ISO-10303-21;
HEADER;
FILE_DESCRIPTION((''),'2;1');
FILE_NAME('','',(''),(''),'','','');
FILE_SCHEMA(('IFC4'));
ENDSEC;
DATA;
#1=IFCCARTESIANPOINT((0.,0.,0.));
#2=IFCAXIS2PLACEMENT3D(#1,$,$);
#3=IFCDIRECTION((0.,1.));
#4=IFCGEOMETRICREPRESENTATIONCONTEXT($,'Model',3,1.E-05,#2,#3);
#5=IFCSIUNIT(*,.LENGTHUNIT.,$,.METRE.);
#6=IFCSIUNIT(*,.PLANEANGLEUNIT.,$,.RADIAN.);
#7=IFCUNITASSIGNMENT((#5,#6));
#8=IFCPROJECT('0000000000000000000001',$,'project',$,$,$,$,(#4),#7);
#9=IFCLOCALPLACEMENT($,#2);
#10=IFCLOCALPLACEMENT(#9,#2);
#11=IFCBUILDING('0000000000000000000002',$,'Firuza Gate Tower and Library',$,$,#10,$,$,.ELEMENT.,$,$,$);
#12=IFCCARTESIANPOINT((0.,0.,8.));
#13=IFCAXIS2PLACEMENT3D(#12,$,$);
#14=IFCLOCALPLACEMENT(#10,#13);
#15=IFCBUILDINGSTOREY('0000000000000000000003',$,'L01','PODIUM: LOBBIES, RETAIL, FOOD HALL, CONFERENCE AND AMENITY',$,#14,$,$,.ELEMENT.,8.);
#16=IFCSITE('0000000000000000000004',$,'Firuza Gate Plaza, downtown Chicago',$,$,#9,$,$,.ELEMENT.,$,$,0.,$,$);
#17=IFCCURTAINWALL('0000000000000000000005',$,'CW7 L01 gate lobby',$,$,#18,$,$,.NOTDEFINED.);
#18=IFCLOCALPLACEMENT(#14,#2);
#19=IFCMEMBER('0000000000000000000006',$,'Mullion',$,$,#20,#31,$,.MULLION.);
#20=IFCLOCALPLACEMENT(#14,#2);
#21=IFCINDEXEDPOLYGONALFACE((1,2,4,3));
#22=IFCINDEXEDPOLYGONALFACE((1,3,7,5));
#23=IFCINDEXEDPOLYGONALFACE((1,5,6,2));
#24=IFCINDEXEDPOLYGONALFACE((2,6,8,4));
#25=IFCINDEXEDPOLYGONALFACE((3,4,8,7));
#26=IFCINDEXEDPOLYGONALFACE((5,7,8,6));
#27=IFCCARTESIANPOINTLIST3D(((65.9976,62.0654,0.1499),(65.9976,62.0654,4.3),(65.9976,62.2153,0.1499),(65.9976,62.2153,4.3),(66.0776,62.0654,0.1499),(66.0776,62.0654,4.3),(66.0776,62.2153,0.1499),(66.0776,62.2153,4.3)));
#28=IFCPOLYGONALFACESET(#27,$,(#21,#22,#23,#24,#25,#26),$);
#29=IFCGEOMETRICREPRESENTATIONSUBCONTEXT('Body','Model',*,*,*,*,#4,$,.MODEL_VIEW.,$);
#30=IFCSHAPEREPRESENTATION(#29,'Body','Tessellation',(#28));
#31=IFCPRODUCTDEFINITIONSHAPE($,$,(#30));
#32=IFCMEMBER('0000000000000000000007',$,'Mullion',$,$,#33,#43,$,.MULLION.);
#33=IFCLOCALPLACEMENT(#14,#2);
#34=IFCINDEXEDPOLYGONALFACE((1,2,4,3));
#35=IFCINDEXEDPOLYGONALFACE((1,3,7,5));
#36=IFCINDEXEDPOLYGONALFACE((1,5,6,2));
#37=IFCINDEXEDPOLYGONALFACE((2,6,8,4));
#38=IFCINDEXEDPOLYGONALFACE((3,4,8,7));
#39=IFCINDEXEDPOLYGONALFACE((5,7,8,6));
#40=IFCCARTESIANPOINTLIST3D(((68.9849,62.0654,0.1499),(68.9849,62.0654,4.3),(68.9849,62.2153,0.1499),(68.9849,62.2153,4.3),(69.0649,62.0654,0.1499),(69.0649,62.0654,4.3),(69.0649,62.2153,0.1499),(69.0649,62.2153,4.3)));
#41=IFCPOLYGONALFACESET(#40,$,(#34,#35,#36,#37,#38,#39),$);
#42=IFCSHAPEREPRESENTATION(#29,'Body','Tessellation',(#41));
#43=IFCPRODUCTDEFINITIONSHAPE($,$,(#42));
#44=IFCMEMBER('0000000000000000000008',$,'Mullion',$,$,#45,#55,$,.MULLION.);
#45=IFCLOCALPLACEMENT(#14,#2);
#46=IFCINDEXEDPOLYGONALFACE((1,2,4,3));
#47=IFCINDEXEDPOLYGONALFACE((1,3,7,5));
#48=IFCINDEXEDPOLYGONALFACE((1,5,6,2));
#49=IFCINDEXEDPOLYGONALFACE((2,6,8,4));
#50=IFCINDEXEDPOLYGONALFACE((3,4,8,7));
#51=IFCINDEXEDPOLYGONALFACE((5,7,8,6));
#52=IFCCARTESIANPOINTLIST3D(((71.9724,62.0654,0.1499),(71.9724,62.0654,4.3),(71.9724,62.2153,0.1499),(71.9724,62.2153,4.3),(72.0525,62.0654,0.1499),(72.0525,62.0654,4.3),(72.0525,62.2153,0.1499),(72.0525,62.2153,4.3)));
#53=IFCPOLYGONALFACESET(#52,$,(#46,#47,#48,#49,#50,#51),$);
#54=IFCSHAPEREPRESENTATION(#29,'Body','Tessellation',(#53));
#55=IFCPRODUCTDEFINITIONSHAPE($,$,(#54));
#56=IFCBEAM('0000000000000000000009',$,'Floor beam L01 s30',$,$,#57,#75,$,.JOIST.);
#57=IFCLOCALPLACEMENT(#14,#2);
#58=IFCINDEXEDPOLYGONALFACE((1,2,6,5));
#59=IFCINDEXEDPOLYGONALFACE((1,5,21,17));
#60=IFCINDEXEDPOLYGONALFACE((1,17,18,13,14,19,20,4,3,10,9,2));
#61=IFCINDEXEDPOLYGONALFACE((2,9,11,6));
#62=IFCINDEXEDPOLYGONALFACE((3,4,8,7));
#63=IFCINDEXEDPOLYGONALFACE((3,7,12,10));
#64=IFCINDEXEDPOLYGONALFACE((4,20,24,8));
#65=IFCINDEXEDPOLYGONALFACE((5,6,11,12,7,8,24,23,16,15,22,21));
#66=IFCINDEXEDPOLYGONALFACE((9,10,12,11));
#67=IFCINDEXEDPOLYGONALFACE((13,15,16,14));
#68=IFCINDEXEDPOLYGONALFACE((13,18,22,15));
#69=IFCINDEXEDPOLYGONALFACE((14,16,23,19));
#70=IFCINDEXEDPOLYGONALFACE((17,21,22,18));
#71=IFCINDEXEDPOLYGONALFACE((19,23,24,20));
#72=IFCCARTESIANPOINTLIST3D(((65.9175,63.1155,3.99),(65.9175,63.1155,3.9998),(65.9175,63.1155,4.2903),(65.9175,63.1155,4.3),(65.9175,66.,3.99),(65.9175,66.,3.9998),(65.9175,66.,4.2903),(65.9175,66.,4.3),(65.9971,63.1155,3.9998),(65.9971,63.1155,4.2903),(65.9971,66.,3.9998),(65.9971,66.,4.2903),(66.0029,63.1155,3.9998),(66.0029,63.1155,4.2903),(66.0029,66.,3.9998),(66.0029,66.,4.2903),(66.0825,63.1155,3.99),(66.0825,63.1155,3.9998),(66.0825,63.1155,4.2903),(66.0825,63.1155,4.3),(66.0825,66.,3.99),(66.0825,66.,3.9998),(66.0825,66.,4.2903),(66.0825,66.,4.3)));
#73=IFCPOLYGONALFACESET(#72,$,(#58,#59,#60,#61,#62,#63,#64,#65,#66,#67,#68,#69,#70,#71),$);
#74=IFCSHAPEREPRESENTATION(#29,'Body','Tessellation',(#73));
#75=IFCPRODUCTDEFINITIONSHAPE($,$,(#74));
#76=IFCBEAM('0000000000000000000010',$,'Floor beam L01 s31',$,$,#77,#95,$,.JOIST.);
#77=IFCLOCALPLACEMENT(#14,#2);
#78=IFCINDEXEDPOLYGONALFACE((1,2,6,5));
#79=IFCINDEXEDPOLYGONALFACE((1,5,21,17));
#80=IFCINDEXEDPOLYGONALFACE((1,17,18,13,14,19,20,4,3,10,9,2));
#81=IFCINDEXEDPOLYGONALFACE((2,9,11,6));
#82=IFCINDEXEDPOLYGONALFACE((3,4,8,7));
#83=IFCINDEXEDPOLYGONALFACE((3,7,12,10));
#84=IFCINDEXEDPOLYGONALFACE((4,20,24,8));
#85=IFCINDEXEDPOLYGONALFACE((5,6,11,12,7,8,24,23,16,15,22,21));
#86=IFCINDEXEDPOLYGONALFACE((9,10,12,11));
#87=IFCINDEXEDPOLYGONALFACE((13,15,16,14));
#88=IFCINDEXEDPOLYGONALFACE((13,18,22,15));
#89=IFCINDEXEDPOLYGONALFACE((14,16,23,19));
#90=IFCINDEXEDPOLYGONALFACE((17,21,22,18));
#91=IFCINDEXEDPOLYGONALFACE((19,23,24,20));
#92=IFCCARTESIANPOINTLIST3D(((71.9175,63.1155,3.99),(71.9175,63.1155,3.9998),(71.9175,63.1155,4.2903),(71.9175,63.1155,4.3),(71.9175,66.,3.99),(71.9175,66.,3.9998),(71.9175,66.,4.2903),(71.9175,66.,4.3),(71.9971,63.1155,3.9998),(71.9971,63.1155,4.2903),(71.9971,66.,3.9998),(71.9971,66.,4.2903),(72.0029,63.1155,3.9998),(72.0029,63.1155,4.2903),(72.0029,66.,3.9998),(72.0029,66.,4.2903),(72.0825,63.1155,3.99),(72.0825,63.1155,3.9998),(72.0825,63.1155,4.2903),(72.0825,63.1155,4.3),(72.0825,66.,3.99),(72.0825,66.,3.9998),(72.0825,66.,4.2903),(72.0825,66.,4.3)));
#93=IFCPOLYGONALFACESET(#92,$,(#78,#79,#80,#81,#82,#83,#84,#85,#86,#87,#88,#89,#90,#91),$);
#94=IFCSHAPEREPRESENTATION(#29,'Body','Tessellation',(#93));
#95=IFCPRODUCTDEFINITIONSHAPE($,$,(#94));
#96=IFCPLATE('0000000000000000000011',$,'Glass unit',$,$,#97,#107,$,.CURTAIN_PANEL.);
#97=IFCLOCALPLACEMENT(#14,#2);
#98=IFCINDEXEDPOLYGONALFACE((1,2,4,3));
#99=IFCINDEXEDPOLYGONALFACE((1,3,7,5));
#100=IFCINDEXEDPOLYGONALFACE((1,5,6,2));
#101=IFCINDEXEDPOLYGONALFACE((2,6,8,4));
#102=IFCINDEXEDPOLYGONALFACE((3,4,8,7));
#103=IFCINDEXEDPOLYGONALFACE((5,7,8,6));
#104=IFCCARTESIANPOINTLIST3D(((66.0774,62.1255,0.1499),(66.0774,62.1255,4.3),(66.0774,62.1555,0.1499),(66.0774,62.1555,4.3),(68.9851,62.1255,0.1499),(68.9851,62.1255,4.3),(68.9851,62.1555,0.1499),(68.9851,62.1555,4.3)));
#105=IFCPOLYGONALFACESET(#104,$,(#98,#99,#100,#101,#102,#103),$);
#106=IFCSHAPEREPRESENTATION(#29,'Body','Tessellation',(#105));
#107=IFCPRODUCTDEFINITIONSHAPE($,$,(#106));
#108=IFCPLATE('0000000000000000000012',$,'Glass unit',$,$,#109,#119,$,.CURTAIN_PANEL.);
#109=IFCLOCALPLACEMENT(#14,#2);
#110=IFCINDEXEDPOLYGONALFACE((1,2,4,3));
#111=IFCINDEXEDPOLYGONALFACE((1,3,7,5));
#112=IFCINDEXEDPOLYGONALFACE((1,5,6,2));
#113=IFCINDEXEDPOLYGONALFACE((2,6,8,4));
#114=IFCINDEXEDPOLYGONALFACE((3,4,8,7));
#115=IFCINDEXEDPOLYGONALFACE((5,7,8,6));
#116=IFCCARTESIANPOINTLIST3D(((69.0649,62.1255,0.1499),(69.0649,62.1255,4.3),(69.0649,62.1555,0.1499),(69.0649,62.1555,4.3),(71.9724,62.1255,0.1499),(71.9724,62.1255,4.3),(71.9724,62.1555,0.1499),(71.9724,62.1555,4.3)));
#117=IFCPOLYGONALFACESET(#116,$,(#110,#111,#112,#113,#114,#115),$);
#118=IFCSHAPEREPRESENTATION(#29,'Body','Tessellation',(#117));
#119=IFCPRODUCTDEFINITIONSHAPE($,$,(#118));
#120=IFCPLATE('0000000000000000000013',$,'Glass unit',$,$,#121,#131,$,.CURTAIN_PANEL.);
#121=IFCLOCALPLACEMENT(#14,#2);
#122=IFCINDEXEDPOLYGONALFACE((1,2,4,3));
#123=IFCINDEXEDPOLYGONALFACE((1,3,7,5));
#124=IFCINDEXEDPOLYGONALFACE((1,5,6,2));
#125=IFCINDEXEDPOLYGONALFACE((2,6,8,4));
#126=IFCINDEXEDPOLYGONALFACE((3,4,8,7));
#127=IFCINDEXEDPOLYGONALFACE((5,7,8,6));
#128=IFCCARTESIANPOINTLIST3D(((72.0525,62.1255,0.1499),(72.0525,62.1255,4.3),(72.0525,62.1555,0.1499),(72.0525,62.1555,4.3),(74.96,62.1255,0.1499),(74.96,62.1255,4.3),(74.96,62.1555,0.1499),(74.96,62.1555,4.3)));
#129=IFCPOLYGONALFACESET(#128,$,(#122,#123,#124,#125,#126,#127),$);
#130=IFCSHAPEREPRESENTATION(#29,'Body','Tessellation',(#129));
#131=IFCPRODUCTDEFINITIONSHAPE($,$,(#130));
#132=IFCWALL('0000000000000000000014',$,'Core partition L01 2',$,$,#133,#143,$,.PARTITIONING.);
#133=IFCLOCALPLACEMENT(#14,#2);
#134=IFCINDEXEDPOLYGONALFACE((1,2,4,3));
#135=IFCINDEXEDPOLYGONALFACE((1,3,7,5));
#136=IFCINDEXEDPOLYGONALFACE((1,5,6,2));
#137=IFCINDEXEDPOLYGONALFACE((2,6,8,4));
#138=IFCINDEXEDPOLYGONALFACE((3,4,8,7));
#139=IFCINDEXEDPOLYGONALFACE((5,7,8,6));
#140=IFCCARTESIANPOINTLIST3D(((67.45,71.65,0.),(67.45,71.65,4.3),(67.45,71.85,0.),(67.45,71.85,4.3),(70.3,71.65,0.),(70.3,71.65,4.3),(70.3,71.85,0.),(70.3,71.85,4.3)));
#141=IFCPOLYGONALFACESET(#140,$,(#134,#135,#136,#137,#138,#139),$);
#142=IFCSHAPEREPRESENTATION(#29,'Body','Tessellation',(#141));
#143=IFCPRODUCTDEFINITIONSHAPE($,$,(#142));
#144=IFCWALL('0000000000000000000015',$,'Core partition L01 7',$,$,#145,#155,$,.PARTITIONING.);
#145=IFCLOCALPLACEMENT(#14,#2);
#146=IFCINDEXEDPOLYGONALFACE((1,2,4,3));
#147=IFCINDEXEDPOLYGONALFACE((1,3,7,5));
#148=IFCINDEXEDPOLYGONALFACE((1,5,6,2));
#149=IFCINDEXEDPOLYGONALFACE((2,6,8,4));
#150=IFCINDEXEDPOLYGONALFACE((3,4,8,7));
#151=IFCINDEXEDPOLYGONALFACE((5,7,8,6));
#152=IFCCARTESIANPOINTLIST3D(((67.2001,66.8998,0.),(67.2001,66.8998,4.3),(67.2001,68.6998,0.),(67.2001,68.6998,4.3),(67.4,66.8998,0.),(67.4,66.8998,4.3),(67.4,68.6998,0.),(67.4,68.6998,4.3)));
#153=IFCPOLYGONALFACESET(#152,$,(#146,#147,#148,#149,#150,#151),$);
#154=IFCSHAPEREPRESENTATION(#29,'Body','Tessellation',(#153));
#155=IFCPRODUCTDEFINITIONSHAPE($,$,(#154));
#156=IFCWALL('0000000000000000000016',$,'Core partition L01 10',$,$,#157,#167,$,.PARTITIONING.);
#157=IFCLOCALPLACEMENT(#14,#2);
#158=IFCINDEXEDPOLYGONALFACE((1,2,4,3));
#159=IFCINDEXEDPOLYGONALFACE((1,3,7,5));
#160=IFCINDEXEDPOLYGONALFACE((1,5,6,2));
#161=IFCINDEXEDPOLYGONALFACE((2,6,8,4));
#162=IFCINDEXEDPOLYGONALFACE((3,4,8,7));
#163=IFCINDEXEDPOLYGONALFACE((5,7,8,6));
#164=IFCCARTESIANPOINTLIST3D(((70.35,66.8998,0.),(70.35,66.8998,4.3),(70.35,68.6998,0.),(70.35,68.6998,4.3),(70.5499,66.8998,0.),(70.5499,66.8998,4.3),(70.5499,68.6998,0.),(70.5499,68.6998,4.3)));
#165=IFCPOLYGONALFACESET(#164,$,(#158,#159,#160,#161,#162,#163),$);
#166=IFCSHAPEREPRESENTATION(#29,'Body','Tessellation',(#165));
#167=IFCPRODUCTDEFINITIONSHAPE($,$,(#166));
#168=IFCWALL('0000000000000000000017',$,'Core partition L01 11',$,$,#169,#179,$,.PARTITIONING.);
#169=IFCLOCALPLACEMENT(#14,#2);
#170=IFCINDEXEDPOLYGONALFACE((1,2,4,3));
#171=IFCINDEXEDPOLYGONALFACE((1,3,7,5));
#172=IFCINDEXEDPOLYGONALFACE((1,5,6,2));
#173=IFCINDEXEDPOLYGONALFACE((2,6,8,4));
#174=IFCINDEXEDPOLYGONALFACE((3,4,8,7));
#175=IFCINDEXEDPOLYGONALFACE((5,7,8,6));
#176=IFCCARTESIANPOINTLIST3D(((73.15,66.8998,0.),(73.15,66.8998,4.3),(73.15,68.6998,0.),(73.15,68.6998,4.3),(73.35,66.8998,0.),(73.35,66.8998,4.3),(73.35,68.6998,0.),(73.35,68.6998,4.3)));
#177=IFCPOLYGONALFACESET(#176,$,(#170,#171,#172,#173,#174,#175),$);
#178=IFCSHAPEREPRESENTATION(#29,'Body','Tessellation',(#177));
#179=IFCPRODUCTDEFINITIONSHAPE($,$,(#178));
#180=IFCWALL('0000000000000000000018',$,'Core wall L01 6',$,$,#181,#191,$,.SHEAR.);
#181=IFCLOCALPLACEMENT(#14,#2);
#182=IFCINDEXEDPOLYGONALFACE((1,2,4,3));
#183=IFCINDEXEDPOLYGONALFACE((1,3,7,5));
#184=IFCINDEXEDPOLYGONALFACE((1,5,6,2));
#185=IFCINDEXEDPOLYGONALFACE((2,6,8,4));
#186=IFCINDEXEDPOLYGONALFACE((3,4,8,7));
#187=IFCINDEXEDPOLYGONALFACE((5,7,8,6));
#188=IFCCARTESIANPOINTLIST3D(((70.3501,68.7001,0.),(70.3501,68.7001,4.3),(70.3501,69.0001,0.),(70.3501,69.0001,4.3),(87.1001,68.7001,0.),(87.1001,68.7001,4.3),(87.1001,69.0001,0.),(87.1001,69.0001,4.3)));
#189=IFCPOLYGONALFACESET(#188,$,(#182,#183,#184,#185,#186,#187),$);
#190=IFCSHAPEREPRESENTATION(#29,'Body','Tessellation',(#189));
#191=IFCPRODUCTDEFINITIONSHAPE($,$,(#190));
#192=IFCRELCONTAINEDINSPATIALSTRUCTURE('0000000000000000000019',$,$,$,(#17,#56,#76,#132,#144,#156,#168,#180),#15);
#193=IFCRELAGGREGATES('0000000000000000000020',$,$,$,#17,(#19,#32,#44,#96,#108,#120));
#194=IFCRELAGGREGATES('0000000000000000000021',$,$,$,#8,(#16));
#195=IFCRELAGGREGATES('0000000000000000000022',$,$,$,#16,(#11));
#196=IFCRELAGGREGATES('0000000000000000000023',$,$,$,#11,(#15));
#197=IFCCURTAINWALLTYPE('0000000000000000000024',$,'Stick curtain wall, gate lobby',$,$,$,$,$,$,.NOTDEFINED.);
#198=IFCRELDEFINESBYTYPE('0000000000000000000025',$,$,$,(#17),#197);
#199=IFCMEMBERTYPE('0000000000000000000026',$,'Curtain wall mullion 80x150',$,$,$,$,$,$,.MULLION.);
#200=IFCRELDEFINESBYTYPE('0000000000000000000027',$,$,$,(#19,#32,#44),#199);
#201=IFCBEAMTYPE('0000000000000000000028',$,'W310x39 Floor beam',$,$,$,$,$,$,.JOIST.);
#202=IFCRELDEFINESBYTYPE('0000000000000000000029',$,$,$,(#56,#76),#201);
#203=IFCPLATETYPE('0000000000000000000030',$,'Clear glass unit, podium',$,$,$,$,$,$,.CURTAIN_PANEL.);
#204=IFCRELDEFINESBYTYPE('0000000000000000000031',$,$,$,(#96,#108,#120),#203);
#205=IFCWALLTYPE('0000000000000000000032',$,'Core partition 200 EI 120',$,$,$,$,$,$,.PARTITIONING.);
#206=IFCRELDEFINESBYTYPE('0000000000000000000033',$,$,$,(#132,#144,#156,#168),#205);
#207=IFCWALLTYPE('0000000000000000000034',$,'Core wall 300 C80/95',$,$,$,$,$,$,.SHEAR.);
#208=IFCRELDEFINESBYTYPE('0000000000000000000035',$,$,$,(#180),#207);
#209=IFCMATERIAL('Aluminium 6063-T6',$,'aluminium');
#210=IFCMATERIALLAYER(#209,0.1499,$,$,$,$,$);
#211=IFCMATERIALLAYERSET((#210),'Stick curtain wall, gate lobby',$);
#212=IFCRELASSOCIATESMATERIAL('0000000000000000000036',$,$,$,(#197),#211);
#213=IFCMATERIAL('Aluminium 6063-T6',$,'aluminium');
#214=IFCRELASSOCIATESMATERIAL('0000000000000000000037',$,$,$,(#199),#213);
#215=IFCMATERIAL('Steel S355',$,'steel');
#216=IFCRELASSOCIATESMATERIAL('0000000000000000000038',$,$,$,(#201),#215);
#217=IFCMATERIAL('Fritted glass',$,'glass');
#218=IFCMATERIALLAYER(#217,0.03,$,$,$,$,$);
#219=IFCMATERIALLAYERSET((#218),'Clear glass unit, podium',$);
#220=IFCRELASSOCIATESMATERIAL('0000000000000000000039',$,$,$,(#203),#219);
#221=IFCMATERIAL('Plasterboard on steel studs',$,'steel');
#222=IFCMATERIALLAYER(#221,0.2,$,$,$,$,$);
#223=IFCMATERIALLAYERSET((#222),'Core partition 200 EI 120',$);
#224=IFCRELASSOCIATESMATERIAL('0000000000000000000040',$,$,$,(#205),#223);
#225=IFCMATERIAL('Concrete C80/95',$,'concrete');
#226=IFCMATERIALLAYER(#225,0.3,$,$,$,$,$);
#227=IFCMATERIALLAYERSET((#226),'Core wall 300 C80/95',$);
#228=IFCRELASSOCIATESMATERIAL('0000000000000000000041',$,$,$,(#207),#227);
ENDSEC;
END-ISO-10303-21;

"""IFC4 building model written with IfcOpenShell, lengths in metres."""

from ifc_helpers import new_model, si_unit, direction, frame, frame_2d, origin, origin_2d, place, context, subcontext, project, spatial, polyline, rectangle, i_section, outline, extrude, material, layer, layer_set, material_profile, profile_set, type_object, element, aggregate, save


model = new_model("IFC4")

# Units and contexts
model_context = context("Model", 3, precision=1e-05, world=origin(), true_north=direction((0.0, 1.0)))
body_context = subcontext(model_context, "Body", "Model", "MODEL_VIEW")
ifc_project = project(units=[si_unit("LENGTHUNIT", "METRE"), si_unit("PLANEANGLEUNIT", "RADIAN")], contexts=[model_context])

# Site, building, storey
site_placement = place(None, origin())
site = spatial("IfcSite", under=ifc_project, at=site_placement, Name="Firuza Gate Plaza, downtown Chicago", CompositionType="ELEMENT", RefElevation=0.0)
building_placement = place(site_placement, origin())
building = spatial("IfcBuilding", under=site, at=building_placement, Name="Firuza Gate Tower and Library", CompositionType="ELEMENT")
storey_placement = place(building_placement, frame((0.0, 0.0, 8.0)))
storey = spatial("IfcBuildingStorey", under=building, at=storey_placement, Name="L01", Description="PODIUM: LOBBIES, RETAIL, FOOD HALL, CONFERENCE AND AMENITY", CompositionType="ELEMENT", Elevation=8.0)

# Curtain wall, members
ifc_material_1 = material(Name="Aluminium 6063-T6", Category="aluminium")
ifc_layer_1 = layer(ifc_material_1, 0.1499)
ifc_layer_set_1 = layer_set([ifc_layer_1], Name="Stick curtain wall, gate lobby")
curtain_wall_type = type_object("IfcCurtainWallType", Name="Stick curtain wall, gate lobby", PredefinedType="NOTDEFINED", material=ifc_layer_set_1)
curtain_wall_placement = place(storey_placement, origin())
curtain_wall = element("IfcCurtainWall", 1, at=curtain_wall_placement, inside=storey, type_object=curtain_wall_type, Name="CW7 L01 gate lobby", PredefinedType="NOTDEFINED")
ifc_material_2 = material(Name="Aluminium 6063-T6", Category="aluminium")
ifc_material_profile_1 = material_profile(ifc_material_2, rectangle(XDim=0.1499, YDim=0.0801, at=origin_2d()))
ifc_profile_set_1 = profile_set([ifc_material_profile_1], Name="Aluminium 6063-T6")
member_type = type_object("IfcMemberType", Name="Curtain wall mullion 80x150", PredefinedType="MULLION", material=ifc_profile_set_1)
member_1_placement = place(storey_placement, frame((66.0376, 62.1404, 0.1499), z_axis=(0.0, 0.0, 1.0), x_axis=(0.0, 1.0, 0.0)))
member_1 = element("IfcMember", 2, at=member_1_placement, type_object=member_type, Name="Mullion", PredefinedType="MULLION", context=body_context, shape_type="SweptSolid", body=[
    extrude(rectangle(XDim=0.1499, YDim=0.0801, at=origin_2d()), origin(), (0.0, 0.0, 1.0), 4.1501),
])
member_2_placement = place(storey_placement, frame((69.0249, 62.1404, 0.1499), z_axis=(0.0, 0.0, 1.0), x_axis=(0.0, 1.0, 0.0)))
member_2 = element("IfcMember", 3, at=member_2_placement, type_object=member_type, Name="Mullion", PredefinedType="MULLION", context=body_context, shape_type="SweptSolid", body=[
    extrude(rectangle(XDim=0.1499, YDim=0.0801, at=origin_2d()), origin(), (0.0, 0.0, 1.0), 4.1501),
])
member_3_placement = place(storey_placement, frame((72.0125, 62.1404, 0.1499), z_axis=(0.0, 0.0, 1.0), x_axis=(0.0, 1.0, 0.0)))
member_3 = element("IfcMember", 4, at=member_3_placement, type_object=member_type, Name="Mullion", PredefinedType="MULLION", context=body_context, shape_type="SweptSolid", body=[
    extrude(rectangle(XDim=0.1499, YDim=0.0801, at=origin_2d()), origin(), (0.0, 0.0, 1.0), 4.1501),
])

# Beams
ifc_material_3 = material(Name="Steel S355", Category="steel")
ifc_material_profile_2 = material_profile(ifc_material_3, i_section(OverallWidth=0.165, OverallDepth=0.3101, WebThickness=0.0059, FlangeThickness=0.0098, at=origin_2d()))
ifc_profile_set_2 = profile_set([ifc_material_profile_2], Name="Steel S355")
beam_type = type_object("IfcBeamType", Name="W310x39 Floor beam", PredefinedType="JOIST", material=ifc_profile_set_2)
for number, where, z_axis, x_axis, name in (
    (5, (66.0, 63.1155, 4.145), (0.0, 1.0, 0.0), (-1.0, 0.0, 0.0), "Floor beam L01 s30"),
    (6, (72.0, 63.1155, 4.145), (0.0, 1.0, 0.0), (-1.0, 0.0, 0.0), "Floor beam L01 s31"),
):
    element("IfcBeam", number, at=place(storey_placement, frame(where, z_axis=z_axis, x_axis=x_axis)), inside=storey, type_object=beam_type, Name=name, PredefinedType="JOIST", context=body_context, shape_type="SweptSolid", body=[
        extrude(i_section(OverallWidth=0.165, OverallDepth=0.3101, WebThickness=0.0059, FlangeThickness=0.0098, at=origin_2d()), origin(), (0.0, 0.0, 1.0), 2.8845),
    ])

# Plates
ifc_material_4 = material(Name="Fritted glass", Category="glass")
ifc_layer_2 = layer(ifc_material_4, 0.03)
ifc_layer_set_2 = layer_set([ifc_layer_2], Name="Clear glass unit, podium")
plate_type = type_object("IfcPlateType", Name="Clear glass unit, podium", PredefinedType="CURTAIN_PANEL", material=ifc_layer_set_2)
plate_1_placement = place(storey_placement, frame((66.0774, 62.1255, 0.1499), z_axis=(0.0, -1.0, 0.0), x_axis=(1.0, 0.0, 0.0)))
plate_1 = element("IfcPlate", 7, at=plate_1_placement, type_object=plate_type, Name="Glass unit", PredefinedType="CURTAIN_PANEL", context=body_context, shape_type="SweptSolid", body=[
    extrude(outline(polyline([(0.0, 0.0), (2.9077, 0.0), (2.9077, 4.1501), (0.0, 4.1501), (0.0, 0.0)])), origin(), (0.0, 0.0, -1.0), 0.03),
])
plate_2_placement = place(storey_placement, frame((69.0649, 62.1255, 0.1499), z_axis=(0.0, -1.0, 0.0), x_axis=(1.0, 0.0, 0.0)))
plate_2 = element("IfcPlate", 8, at=plate_2_placement, type_object=plate_type, Name="Glass unit", PredefinedType="CURTAIN_PANEL", context=body_context, shape_type="SweptSolid", body=[
    extrude(outline(polyline([(0.0, 0.0), (2.9075, 0.0), (2.9075, 4.1501), (0.0, 4.1501), (0.0, 0.0)])), origin(), (0.0, 0.0, -1.0), 0.03),
])
plate_3_placement = place(storey_placement, frame((72.0525, 62.1255, 0.1499), z_axis=(0.0, -1.0, 0.0), x_axis=(1.0, 0.0, 0.0)))
plate_3 = element("IfcPlate", 9, at=plate_3_placement, type_object=plate_type, Name="Glass unit", PredefinedType="CURTAIN_PANEL", context=body_context, shape_type="SweptSolid", body=[
    extrude(outline(polyline([(0.0, 0.0), (2.9075, 0.0), (2.9075, 4.1501), (0.0, 4.1501), (0.0, 0.0)])), origin(), (0.0, 0.0, -1.0), 0.03),
])
aggregate(curtain_wall, [member_1, member_2, member_3, plate_1, plate_2, plate_3])

# Walls
ifc_material_5 = material(Name="Plasterboard on steel studs", Category="steel")
ifc_layer_3 = layer(ifc_material_5, 0.2)
ifc_layer_set_3 = layer_set([ifc_layer_3], Name="Core partition 200 EI 120")
wall_type_1 = type_object("IfcWallType", Name="Core partition 200 EI 120", PredefinedType="PARTITIONING", material=ifc_layer_set_3)
wall_1_placement = place(storey_placement, frame((67.45, 71.75, 0.0), z_axis=(0.0, 0.0, 1.0), x_axis=(1.0, 0.0, 0.0)))
element("IfcWall", 10, at=wall_1_placement, inside=storey, type_object=wall_type_1, Name="Core partition L01 2", PredefinedType="PARTITIONING", context=body_context, shape_type="SweptSolid", body=[
    extrude(rectangle(XDim=2.8501, YDim=0.2, at=frame_2d((1.425, 0.0))), origin(), (0.0, 0.0, 1.0), 4.3),
])
for number, where, z_axis, x_axis, name in (
    (11, (67.3, 66.8999, 0.0), (0.0, 0.0, 1.0), (0.0, 1.0, 0.0), "Core partition L01 7"),
    (12, (70.45, 66.8999, 0.0), (0.0, 0.0, 1.0), (0.0, 1.0, 0.0), "Core partition L01 10"),
    (13, (73.25, 66.8999, 0.0), (0.0, 0.0, 1.0), (0.0, 1.0, 0.0), "Core partition L01 11"),
):
    element("IfcWall", number, at=place(storey_placement, frame(where, z_axis=z_axis, x_axis=x_axis)), inside=storey, type_object=wall_type_1, Name=name, PredefinedType="PARTITIONING", context=body_context, shape_type="SweptSolid", body=[
        extrude(rectangle(XDim=1.8, YDim=0.2, at=frame_2d((0.8999, 0.0))), origin(), (0.0, 0.0, 1.0), 4.3),
    ])
ifc_material_6 = material(Name="Concrete C80/95", Category="concrete")
ifc_layer_4 = layer(ifc_material_6, 0.3)
ifc_layer_set_4 = layer_set([ifc_layer_4], Name="Core wall 300 C80/95")
wall_type_2 = type_object("IfcWallType", Name="Core wall 300 C80/95", PredefinedType="SHEAR", material=ifc_layer_set_4)
wall_2_placement = place(storey_placement, frame((70.3501, 68.8501, 0.0), z_axis=(0.0, 0.0, 1.0), x_axis=(1.0, 0.0, 0.0)))
element("IfcWall", 14, at=wall_2_placement, inside=storey, type_object=wall_type_2, Name="Core wall L01 6", PredefinedType="SHEAR", context=body_context, shape_type="SweptSolid", body=[
    extrude(rectangle(XDim=16.75, YDim=0.3, at=frame_2d((8.375, 0.0))), origin(), (0.0, 0.0, 1.0), 4.3),
])

save(model, "model.ifc")
